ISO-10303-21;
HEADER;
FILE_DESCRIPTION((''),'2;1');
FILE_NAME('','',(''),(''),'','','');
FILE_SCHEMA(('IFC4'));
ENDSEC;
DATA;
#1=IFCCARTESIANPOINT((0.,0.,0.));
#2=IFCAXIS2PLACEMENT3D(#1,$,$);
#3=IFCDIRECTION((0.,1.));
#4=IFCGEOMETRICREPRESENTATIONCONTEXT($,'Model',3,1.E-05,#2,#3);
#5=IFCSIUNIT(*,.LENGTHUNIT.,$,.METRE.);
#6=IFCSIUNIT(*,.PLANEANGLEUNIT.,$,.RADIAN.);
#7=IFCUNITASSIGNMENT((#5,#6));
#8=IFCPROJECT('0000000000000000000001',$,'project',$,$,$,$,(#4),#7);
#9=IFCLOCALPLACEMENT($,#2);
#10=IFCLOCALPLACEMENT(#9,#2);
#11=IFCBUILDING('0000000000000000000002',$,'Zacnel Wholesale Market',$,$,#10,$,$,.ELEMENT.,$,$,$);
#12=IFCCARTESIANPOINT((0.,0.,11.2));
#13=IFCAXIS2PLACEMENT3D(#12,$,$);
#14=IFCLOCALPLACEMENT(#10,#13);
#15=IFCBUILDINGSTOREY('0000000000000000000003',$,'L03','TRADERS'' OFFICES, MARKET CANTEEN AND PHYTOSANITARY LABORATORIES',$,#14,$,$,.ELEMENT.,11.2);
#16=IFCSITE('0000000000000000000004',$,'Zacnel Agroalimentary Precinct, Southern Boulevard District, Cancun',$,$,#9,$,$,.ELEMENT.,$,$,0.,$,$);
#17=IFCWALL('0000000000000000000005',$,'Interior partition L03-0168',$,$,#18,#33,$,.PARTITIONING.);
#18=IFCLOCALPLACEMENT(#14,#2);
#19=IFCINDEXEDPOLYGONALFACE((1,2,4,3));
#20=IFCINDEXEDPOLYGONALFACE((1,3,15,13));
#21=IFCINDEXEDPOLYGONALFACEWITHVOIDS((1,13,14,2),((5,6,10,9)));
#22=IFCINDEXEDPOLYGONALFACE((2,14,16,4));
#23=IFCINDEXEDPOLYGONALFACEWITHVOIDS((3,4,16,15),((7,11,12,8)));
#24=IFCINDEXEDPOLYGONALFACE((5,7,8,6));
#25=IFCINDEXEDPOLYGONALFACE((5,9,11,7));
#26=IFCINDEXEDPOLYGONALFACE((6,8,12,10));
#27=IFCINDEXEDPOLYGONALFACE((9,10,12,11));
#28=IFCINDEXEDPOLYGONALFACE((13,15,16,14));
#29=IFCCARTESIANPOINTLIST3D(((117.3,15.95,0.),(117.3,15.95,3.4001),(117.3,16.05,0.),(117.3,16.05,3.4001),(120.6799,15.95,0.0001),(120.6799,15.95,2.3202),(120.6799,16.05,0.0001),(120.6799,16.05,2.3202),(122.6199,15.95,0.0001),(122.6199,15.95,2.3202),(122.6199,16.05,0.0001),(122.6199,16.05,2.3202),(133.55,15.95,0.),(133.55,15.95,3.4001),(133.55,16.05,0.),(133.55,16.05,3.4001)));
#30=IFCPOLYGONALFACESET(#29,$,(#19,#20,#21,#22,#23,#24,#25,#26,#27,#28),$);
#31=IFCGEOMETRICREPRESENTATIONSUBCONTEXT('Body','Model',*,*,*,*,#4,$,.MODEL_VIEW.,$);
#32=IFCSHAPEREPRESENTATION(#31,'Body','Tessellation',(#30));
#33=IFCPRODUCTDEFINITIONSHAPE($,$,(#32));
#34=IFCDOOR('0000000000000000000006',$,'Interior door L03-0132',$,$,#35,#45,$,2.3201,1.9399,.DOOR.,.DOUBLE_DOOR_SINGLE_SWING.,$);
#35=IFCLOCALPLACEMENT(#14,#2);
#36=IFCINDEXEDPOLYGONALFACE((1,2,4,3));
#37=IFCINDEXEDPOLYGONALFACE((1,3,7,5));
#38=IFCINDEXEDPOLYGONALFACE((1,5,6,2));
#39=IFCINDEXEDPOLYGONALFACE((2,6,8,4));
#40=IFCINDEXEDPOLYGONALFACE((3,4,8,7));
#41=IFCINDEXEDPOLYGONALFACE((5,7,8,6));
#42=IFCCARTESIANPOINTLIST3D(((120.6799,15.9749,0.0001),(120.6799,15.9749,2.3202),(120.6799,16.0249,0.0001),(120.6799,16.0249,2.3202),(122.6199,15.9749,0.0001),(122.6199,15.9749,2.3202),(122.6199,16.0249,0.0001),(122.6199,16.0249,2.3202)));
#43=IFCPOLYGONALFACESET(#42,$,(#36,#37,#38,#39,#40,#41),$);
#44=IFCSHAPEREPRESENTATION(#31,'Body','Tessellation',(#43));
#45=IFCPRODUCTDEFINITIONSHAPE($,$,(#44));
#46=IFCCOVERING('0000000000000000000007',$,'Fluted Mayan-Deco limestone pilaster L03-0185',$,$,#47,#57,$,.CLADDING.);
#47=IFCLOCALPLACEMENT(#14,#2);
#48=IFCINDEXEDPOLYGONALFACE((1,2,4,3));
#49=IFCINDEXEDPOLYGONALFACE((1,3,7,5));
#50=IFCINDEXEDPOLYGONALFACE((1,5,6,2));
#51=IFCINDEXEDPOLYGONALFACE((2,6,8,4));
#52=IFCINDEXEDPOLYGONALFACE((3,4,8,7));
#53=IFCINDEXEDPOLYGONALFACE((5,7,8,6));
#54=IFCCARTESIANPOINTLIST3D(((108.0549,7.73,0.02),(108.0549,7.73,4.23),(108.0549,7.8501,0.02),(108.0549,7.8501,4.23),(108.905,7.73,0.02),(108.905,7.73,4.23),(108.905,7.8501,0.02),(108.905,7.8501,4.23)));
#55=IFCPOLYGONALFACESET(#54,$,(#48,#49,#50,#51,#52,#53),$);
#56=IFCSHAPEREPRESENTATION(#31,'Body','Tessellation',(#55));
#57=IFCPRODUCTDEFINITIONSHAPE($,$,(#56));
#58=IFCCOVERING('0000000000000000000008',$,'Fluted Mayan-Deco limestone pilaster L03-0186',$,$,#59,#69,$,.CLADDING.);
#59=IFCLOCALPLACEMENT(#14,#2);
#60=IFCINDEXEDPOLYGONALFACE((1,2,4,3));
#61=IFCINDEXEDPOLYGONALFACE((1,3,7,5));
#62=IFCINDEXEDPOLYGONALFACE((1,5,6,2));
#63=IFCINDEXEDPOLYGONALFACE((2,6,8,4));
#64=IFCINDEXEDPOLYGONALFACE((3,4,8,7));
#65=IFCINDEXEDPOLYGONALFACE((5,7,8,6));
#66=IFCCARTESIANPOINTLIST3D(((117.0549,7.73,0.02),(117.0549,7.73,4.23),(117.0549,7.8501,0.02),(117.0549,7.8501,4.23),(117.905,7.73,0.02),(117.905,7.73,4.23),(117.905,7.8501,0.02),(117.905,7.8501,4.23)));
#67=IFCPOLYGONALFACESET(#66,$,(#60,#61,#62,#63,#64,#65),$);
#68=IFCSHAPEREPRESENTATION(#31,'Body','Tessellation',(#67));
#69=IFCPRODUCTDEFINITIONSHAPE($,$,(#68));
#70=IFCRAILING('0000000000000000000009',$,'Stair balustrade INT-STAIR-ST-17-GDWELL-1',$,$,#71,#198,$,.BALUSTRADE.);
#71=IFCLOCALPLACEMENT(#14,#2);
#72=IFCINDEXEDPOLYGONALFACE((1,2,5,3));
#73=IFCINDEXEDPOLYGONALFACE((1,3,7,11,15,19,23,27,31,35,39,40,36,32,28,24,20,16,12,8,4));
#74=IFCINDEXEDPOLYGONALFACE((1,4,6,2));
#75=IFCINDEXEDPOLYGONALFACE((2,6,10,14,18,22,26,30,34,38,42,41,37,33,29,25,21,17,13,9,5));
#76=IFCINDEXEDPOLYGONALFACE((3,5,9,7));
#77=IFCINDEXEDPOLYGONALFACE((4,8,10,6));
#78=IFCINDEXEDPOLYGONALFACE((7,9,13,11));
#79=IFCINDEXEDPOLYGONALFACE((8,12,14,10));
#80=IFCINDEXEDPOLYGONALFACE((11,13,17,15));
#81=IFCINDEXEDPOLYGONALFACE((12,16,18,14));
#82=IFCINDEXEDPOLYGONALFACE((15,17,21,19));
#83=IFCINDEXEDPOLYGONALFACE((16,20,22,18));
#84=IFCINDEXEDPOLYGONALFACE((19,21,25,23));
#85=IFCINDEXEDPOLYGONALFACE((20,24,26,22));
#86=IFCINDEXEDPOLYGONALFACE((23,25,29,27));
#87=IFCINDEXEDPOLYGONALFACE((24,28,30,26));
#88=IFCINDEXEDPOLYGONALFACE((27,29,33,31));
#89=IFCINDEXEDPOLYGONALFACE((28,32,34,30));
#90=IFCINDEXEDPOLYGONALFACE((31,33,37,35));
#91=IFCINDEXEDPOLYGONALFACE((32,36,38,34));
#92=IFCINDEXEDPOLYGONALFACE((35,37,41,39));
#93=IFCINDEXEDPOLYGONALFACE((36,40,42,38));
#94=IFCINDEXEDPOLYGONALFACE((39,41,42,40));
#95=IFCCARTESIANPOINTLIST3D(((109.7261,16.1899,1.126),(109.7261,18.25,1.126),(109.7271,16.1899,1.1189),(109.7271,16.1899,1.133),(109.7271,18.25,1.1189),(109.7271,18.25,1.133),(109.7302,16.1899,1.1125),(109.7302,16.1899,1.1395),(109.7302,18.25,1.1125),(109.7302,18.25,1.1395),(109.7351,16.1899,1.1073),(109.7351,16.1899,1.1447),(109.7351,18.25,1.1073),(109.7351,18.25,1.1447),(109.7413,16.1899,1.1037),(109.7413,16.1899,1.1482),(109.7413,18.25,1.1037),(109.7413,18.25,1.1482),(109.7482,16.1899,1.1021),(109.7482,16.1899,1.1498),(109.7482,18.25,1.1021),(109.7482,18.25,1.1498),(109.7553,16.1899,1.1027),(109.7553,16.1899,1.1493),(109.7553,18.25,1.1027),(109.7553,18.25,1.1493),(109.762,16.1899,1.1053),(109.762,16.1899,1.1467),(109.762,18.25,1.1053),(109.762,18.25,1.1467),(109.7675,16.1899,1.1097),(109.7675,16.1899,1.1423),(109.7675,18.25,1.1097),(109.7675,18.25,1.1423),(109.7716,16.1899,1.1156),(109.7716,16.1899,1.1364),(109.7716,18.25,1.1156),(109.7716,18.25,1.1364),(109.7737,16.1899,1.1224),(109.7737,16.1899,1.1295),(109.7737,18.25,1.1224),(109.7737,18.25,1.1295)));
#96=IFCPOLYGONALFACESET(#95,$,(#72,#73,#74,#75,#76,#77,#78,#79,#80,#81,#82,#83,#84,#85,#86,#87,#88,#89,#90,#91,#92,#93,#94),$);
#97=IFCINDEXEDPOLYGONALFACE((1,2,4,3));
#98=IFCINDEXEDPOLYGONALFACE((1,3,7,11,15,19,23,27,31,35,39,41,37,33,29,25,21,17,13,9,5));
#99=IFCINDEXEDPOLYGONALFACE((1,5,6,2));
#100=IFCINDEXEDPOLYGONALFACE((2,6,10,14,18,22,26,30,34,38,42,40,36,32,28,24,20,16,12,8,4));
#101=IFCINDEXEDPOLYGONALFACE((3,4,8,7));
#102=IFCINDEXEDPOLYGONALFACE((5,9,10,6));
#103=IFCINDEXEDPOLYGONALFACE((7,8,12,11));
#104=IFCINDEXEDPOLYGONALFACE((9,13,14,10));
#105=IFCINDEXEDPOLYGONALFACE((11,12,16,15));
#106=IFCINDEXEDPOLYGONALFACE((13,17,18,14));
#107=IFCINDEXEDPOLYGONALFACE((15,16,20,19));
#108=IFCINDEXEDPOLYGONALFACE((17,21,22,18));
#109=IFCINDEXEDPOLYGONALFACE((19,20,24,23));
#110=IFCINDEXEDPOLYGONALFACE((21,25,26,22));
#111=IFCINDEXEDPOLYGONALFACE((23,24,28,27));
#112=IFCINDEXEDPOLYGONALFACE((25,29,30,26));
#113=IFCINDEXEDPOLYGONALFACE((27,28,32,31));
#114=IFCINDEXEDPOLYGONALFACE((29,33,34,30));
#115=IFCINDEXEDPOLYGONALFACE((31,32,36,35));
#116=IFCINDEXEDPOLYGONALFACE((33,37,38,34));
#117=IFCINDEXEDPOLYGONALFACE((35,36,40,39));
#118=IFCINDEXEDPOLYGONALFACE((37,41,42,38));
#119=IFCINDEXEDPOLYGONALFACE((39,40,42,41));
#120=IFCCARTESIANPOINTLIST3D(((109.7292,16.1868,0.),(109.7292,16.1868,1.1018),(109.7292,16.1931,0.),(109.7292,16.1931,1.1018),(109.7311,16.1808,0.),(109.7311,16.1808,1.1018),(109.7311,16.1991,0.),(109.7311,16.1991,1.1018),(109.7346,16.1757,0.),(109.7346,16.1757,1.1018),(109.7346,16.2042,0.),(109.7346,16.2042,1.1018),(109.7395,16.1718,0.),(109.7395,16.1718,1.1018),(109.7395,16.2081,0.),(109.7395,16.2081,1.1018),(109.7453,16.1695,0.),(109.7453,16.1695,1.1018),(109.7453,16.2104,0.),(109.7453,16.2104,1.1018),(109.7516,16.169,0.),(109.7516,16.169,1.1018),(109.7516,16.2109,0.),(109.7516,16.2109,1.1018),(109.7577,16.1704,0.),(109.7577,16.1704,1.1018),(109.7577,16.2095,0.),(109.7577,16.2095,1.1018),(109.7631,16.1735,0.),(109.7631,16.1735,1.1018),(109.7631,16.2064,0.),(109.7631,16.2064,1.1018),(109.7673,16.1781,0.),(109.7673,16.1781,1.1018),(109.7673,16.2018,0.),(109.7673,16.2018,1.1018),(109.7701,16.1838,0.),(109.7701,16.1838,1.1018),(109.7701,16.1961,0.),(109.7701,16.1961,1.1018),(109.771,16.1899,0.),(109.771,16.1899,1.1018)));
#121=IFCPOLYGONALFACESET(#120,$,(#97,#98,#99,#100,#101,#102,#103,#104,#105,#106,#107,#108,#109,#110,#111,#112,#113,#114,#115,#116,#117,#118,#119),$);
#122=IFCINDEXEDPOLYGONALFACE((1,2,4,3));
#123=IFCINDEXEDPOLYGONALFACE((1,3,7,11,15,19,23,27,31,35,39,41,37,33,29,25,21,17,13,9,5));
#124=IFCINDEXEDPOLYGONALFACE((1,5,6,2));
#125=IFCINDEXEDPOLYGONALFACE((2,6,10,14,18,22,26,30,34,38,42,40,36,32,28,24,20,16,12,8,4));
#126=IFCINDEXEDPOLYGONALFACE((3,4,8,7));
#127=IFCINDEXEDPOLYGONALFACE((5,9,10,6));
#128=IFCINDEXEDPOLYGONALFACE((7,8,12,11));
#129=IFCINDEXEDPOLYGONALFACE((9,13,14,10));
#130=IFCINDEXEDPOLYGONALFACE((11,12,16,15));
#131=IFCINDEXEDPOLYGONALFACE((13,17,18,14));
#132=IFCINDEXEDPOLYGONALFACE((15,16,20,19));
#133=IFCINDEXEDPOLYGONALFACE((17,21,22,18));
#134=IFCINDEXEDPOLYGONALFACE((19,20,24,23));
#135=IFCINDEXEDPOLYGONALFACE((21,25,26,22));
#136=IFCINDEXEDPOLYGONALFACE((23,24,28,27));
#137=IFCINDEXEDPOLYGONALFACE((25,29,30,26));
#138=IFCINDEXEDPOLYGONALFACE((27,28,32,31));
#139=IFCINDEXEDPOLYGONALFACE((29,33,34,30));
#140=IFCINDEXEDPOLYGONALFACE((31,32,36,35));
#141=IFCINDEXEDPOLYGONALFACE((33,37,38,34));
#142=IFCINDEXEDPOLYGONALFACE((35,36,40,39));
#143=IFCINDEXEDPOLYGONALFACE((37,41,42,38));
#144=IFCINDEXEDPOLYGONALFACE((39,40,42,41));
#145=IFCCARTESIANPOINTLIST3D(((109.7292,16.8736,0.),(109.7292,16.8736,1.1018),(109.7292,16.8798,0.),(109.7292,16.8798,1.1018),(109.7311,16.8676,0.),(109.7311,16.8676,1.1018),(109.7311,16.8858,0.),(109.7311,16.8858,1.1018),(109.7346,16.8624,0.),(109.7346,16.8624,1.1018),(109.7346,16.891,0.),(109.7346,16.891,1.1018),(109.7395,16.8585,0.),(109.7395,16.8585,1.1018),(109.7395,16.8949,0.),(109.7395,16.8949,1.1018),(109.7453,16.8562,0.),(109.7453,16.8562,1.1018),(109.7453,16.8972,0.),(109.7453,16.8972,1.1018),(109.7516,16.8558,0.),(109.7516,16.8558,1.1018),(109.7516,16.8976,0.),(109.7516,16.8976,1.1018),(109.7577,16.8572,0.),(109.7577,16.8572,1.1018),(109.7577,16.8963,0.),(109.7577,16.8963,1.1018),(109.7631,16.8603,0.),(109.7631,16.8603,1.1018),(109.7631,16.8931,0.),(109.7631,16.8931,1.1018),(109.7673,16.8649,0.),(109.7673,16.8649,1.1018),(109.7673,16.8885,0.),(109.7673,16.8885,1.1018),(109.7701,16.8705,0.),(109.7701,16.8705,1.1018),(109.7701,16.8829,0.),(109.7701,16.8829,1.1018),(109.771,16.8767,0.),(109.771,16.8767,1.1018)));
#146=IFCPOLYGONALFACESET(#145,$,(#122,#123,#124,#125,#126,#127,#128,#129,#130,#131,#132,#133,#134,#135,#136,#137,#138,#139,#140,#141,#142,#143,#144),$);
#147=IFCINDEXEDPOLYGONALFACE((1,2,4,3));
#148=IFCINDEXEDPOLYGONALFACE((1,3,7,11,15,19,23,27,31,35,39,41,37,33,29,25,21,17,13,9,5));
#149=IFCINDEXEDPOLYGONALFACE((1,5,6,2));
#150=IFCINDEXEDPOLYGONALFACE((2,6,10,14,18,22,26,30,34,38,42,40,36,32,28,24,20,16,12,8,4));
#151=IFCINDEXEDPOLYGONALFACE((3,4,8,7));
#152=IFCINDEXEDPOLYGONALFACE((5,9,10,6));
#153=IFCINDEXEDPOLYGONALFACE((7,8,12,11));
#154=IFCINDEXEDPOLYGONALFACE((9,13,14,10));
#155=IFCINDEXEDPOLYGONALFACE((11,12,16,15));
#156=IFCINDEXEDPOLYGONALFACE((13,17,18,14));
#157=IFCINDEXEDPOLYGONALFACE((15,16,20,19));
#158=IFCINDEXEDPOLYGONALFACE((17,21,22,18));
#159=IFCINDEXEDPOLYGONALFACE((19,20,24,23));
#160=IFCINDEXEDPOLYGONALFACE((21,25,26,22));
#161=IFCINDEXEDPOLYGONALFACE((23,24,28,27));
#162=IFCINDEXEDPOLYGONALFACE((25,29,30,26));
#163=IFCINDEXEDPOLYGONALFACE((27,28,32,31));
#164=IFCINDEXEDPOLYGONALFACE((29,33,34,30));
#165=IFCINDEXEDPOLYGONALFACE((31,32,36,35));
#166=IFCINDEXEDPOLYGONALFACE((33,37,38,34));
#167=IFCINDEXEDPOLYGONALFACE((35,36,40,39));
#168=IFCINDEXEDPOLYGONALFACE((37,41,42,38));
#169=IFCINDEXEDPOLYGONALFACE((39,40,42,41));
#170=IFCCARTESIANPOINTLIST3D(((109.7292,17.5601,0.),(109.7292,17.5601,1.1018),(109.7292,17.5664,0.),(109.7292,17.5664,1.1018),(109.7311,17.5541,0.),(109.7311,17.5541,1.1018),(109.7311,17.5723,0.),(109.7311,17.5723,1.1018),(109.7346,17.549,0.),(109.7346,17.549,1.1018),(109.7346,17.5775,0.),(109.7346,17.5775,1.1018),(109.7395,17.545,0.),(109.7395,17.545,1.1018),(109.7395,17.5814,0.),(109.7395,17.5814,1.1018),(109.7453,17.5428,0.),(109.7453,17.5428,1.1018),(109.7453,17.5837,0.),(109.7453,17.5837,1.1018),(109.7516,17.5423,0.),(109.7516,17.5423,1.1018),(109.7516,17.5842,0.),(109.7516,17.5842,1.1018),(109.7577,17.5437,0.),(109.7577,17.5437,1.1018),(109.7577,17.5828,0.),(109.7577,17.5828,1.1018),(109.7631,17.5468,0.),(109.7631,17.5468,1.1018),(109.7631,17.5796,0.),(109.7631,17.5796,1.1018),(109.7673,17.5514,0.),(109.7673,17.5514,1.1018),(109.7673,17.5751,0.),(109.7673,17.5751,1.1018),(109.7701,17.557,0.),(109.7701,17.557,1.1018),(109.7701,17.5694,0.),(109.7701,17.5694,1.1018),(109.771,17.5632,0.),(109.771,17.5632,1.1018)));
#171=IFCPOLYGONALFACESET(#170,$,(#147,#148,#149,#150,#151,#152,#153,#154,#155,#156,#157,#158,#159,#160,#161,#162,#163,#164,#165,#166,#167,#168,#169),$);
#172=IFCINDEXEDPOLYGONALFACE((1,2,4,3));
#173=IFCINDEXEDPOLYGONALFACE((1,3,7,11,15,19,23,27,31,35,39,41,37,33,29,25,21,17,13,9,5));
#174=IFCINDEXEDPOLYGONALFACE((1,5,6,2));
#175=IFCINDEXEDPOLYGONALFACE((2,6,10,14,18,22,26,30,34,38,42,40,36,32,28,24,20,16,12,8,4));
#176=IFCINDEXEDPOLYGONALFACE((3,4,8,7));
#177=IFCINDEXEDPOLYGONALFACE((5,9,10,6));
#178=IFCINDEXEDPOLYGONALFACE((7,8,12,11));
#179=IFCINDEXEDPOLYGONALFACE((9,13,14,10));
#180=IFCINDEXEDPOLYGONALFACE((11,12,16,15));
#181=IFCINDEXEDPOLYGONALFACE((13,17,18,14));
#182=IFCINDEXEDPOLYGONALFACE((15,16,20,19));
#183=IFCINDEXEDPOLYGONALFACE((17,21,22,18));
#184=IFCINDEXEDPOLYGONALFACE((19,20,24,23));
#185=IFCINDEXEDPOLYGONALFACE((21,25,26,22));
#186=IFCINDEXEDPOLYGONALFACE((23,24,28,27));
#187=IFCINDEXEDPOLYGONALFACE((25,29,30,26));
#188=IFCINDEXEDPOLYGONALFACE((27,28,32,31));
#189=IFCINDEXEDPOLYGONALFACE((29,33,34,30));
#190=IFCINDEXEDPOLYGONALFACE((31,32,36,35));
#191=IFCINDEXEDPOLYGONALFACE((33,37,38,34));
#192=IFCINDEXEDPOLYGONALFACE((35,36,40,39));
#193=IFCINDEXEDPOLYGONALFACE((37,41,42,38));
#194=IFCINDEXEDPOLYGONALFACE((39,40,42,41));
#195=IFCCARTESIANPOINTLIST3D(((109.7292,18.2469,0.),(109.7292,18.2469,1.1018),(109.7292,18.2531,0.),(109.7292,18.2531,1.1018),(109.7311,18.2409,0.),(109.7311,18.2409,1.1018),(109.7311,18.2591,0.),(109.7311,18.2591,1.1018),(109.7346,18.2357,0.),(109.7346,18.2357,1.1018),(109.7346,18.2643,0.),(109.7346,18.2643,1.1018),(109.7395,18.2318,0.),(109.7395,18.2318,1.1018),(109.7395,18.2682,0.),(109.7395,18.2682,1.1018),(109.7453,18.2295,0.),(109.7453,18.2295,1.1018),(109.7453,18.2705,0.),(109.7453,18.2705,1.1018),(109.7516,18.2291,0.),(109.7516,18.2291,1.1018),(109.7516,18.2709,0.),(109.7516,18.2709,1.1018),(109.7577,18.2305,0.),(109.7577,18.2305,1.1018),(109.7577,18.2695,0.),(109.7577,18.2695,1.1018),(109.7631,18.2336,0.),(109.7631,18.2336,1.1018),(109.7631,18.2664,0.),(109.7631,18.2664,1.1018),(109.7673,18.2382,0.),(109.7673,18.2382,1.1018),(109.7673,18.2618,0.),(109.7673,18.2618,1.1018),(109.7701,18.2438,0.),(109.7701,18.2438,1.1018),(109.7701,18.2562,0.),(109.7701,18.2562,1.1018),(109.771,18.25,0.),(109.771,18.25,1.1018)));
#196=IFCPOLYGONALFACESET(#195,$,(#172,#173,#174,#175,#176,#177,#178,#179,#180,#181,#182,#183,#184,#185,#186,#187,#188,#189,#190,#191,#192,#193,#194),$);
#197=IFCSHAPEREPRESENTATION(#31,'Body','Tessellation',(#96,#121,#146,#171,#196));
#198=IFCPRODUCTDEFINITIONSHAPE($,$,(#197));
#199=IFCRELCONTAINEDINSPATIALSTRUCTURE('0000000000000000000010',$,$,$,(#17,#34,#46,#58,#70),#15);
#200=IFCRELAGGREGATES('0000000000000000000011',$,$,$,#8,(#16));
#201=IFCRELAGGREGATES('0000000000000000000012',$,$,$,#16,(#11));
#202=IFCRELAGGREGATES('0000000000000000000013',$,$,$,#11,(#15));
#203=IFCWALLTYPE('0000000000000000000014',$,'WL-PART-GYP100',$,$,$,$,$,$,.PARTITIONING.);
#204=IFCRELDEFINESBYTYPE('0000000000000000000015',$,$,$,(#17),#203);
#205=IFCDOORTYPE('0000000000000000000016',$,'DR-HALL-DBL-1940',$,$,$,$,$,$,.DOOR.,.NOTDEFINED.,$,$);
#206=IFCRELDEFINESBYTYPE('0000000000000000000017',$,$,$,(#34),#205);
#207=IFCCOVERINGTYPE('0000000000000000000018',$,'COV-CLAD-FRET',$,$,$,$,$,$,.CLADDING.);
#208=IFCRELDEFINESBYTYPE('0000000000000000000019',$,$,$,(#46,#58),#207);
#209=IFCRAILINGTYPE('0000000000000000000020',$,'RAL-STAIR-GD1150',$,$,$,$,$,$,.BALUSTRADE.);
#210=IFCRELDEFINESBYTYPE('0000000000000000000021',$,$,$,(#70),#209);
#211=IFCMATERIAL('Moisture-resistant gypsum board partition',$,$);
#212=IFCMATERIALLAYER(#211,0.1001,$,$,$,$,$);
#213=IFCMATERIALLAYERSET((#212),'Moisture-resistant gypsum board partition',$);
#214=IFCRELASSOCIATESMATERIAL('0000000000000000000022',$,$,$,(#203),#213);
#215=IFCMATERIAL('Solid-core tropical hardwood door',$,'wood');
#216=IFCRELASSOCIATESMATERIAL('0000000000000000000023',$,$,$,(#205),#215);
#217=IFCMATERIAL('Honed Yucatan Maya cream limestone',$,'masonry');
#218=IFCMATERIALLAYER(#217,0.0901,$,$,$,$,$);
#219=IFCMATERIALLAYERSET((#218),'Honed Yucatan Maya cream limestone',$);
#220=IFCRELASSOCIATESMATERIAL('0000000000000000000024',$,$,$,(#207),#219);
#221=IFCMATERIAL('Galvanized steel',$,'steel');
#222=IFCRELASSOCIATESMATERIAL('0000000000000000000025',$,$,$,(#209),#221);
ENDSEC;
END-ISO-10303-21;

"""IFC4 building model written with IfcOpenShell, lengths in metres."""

from ifc_helpers import new_model, si_unit, direction, frame, frame_2d, origin, origin_2d, place, context, subcontext, project, spatial, rectangle, circle, extrude, material, layer, layer_set, type_object, element, fill, save


model = new_model("IFC4")

# Units and contexts
model_context = context("Model", 3, precision=1e-05, world=origin(), true_north=direction((0.0, 1.0)))
body_context = subcontext(model_context, "Body", "Model", "MODEL_VIEW")
ifc_project = project(units=[si_unit("LENGTHUNIT", "METRE"), si_unit("PLANEANGLEUNIT", "RADIAN")], contexts=[model_context])

# Site, building, storey
site_placement = place(None, origin())
site = spatial("IfcSite", under=ifc_project, at=site_placement, Name="Zacnel Agroalimentary Precinct, Southern Boulevard District, Cancun", CompositionType="ELEMENT", RefElevation=0.0)
building_placement = place(site_placement, origin())
building = spatial("IfcBuilding", under=site, at=building_placement, Name="Zacnel Wholesale Market", CompositionType="ELEMENT")
storey_placement = place(building_placement, frame((0.0, 0.0, 11.2)))
storey = spatial("IfcBuildingStorey", under=building, at=storey_placement, Name="L03", Description="TRADERS' OFFICES, MARKET CANTEEN AND PHYTOSANITARY LABORATORIES", CompositionType="ELEMENT", Elevation=11.2)

# Wall, opening, door
ifc_material_1 = material(Name="Moisture-resistant gypsum board partition")
ifc_layer_1 = layer(ifc_material_1, 0.1001)
ifc_layer_set_1 = layer_set([ifc_layer_1], Name="Moisture-resistant gypsum board partition")
wall_type_1 = type_object("IfcWallType", Name="WL-PART-GYP100", PredefinedType="PARTITIONING", material=ifc_layer_set_1)
wall_1_placement = place(storey_placement, frame((117.3, 16.0, 0.0), z_axis=(0.0, 0.0, 1.0), x_axis=(1.0, 0.0, 0.0)))
wall_1 = element("IfcWall", 1, at=wall_1_placement, inside=storey, type_object=wall_type_1, Name="Interior partition L03-0168", PredefinedType="PARTITIONING", context=body_context, shape_type="SweptSolid", body=[
    extrude(rectangle(XDim=16.25, YDim=0.1001, at=frame_2d((8.125, 0.0))), origin(), (0.0, 0.0, 1.0), 3.4001),
])
opening_1_placement = place(wall_1_placement, frame((3.3799, 0.0, 0.0)))
opening_1 = element("IfcOpeningElement", 2, at=opening_1_placement, cuts=wall_1, PredefinedType="OPENING", context=body_context, shape_type="SweptSolid", body=[
    extrude(rectangle(XDim=1.9399, YDim=2.3201, at=frame_2d((0.97, 1.1602))), frame((0.0, 0.0601, 0.0), z_axis=(0.0, -1.0, 0.0), x_axis=(1.0, 0.0, 0.0)), (0.0, 0.0, 1.0), 0.1201),
])
ifc_material_2 = material(Name="Solid-core tropical hardwood door", Category="wood")
door_type = type_object("IfcDoorType", Name="DR-HALL-DBL-1940", OperationType="NOTDEFINED", PredefinedType="DOOR", material=ifc_material_2)
door_placement = place(opening_1_placement, origin())
door = element("IfcDoor", 3, at=door_placement, inside=storey, type_object=door_type, Name="Interior door L03-0132", OperationType="DOUBLE_DOOR_SINGLE_SWING", OverallHeight=2.3201, OverallWidth=1.9399, PredefinedType="DOOR", context=body_context, shape_type="SweptSolid", body=[
    extrude(rectangle(XDim=1.9399, YDim=2.3201, at=frame_2d((0.97, 1.1602))), frame((0.0, 0.0249, 0.0), z_axis=(0.0, -1.0, 0.0), x_axis=(1.0, 0.0, 0.0)), (0.0, 0.0, 1.0), 0.05),
])
fill(opening_1, door)

# Coverings
ifc_material_3 = material(Name="Honed Yucatan Maya cream limestone", Category="masonry")
ifc_layer_2 = layer(ifc_material_3, 0.0901)
ifc_layer_set_2 = layer_set([ifc_layer_2], Name="Honed Yucatan Maya cream limestone")
covering_type = type_object("IfcCoveringType", Name="COV-CLAD-FRET", PredefinedType="CLADDING", material=ifc_layer_set_2)
for number, where, z_axis, x_axis, name in (
    (4, (108.48, 7.79, 0.02), (0.0, 0.0, 1.0), (1.0, 0.0, 0.0), "Fluted Mayan-Deco limestone pilaster L03-0185"),
    (5, (117.48, 7.79, 0.02), (0.0, 0.0, 1.0), (1.0, 0.0, 0.0), "Fluted Mayan-Deco limestone pilaster L03-0186"),
):
    element("IfcCovering", number, at=place(storey_placement, frame(where, z_axis=z_axis, x_axis=x_axis)), inside=storey, type_object=covering_type, Name=name, PredefinedType="CLADDING", context=body_context, shape_type="SweptSolid", body=[
        extrude(rectangle(XDim=0.8501, YDim=0.1201, at=origin_2d()), origin(), (0.0, 0.0, 1.0), 4.21),
    ])

# Railing
ifc_material_4 = material(Name="Galvanized steel", Category="steel")
railing_type_1 = type_object("IfcRailingType", Name="RAL-STAIR-GD1150", PredefinedType="BALUSTRADE", material=ifc_material_4)
railing_1_placement = place(storey_placement, frame((109.75, 16.1899, 0.0)))
element("IfcRailing", 6, at=railing_1_placement, inside=storey, type_object=railing_type_1, Name="Stair balustrade INT-STAIR-ST-17-GDWELL-1", PredefinedType="BALUSTRADE", context=body_context, shape_type="SweptSolid", body=[
    extrude(circle(Radius=0.0239, at=origin_2d()), frame((0.0, 0.0, 1.126), z_axis=(0.0, 1.0, 0.0), x_axis=(-1.0, 0.0, 0.0)), (0.0, 0.0, 1.0), 2.0601),
    extrude(circle(Radius=0.021, at=origin_2d()), origin(), (0.0, 0.0, 1.0), 1.1018),
    extrude(circle(Radius=0.021, at=origin_2d()), frame((0.0, 0.6868, 0.0)), (0.0, 0.0, 1.0), 1.1018),
    extrude(circle(Radius=0.021, at=origin_2d()), frame((0.0, 1.3733, 0.0)), (0.0, 0.0, 1.0), 1.1018),
    extrude(circle(Radius=0.021, at=origin_2d()), frame((0.0, 2.0601, 0.0)), (0.0, 0.0, 1.0), 1.1018),
])

save(model, "model.ifc")
